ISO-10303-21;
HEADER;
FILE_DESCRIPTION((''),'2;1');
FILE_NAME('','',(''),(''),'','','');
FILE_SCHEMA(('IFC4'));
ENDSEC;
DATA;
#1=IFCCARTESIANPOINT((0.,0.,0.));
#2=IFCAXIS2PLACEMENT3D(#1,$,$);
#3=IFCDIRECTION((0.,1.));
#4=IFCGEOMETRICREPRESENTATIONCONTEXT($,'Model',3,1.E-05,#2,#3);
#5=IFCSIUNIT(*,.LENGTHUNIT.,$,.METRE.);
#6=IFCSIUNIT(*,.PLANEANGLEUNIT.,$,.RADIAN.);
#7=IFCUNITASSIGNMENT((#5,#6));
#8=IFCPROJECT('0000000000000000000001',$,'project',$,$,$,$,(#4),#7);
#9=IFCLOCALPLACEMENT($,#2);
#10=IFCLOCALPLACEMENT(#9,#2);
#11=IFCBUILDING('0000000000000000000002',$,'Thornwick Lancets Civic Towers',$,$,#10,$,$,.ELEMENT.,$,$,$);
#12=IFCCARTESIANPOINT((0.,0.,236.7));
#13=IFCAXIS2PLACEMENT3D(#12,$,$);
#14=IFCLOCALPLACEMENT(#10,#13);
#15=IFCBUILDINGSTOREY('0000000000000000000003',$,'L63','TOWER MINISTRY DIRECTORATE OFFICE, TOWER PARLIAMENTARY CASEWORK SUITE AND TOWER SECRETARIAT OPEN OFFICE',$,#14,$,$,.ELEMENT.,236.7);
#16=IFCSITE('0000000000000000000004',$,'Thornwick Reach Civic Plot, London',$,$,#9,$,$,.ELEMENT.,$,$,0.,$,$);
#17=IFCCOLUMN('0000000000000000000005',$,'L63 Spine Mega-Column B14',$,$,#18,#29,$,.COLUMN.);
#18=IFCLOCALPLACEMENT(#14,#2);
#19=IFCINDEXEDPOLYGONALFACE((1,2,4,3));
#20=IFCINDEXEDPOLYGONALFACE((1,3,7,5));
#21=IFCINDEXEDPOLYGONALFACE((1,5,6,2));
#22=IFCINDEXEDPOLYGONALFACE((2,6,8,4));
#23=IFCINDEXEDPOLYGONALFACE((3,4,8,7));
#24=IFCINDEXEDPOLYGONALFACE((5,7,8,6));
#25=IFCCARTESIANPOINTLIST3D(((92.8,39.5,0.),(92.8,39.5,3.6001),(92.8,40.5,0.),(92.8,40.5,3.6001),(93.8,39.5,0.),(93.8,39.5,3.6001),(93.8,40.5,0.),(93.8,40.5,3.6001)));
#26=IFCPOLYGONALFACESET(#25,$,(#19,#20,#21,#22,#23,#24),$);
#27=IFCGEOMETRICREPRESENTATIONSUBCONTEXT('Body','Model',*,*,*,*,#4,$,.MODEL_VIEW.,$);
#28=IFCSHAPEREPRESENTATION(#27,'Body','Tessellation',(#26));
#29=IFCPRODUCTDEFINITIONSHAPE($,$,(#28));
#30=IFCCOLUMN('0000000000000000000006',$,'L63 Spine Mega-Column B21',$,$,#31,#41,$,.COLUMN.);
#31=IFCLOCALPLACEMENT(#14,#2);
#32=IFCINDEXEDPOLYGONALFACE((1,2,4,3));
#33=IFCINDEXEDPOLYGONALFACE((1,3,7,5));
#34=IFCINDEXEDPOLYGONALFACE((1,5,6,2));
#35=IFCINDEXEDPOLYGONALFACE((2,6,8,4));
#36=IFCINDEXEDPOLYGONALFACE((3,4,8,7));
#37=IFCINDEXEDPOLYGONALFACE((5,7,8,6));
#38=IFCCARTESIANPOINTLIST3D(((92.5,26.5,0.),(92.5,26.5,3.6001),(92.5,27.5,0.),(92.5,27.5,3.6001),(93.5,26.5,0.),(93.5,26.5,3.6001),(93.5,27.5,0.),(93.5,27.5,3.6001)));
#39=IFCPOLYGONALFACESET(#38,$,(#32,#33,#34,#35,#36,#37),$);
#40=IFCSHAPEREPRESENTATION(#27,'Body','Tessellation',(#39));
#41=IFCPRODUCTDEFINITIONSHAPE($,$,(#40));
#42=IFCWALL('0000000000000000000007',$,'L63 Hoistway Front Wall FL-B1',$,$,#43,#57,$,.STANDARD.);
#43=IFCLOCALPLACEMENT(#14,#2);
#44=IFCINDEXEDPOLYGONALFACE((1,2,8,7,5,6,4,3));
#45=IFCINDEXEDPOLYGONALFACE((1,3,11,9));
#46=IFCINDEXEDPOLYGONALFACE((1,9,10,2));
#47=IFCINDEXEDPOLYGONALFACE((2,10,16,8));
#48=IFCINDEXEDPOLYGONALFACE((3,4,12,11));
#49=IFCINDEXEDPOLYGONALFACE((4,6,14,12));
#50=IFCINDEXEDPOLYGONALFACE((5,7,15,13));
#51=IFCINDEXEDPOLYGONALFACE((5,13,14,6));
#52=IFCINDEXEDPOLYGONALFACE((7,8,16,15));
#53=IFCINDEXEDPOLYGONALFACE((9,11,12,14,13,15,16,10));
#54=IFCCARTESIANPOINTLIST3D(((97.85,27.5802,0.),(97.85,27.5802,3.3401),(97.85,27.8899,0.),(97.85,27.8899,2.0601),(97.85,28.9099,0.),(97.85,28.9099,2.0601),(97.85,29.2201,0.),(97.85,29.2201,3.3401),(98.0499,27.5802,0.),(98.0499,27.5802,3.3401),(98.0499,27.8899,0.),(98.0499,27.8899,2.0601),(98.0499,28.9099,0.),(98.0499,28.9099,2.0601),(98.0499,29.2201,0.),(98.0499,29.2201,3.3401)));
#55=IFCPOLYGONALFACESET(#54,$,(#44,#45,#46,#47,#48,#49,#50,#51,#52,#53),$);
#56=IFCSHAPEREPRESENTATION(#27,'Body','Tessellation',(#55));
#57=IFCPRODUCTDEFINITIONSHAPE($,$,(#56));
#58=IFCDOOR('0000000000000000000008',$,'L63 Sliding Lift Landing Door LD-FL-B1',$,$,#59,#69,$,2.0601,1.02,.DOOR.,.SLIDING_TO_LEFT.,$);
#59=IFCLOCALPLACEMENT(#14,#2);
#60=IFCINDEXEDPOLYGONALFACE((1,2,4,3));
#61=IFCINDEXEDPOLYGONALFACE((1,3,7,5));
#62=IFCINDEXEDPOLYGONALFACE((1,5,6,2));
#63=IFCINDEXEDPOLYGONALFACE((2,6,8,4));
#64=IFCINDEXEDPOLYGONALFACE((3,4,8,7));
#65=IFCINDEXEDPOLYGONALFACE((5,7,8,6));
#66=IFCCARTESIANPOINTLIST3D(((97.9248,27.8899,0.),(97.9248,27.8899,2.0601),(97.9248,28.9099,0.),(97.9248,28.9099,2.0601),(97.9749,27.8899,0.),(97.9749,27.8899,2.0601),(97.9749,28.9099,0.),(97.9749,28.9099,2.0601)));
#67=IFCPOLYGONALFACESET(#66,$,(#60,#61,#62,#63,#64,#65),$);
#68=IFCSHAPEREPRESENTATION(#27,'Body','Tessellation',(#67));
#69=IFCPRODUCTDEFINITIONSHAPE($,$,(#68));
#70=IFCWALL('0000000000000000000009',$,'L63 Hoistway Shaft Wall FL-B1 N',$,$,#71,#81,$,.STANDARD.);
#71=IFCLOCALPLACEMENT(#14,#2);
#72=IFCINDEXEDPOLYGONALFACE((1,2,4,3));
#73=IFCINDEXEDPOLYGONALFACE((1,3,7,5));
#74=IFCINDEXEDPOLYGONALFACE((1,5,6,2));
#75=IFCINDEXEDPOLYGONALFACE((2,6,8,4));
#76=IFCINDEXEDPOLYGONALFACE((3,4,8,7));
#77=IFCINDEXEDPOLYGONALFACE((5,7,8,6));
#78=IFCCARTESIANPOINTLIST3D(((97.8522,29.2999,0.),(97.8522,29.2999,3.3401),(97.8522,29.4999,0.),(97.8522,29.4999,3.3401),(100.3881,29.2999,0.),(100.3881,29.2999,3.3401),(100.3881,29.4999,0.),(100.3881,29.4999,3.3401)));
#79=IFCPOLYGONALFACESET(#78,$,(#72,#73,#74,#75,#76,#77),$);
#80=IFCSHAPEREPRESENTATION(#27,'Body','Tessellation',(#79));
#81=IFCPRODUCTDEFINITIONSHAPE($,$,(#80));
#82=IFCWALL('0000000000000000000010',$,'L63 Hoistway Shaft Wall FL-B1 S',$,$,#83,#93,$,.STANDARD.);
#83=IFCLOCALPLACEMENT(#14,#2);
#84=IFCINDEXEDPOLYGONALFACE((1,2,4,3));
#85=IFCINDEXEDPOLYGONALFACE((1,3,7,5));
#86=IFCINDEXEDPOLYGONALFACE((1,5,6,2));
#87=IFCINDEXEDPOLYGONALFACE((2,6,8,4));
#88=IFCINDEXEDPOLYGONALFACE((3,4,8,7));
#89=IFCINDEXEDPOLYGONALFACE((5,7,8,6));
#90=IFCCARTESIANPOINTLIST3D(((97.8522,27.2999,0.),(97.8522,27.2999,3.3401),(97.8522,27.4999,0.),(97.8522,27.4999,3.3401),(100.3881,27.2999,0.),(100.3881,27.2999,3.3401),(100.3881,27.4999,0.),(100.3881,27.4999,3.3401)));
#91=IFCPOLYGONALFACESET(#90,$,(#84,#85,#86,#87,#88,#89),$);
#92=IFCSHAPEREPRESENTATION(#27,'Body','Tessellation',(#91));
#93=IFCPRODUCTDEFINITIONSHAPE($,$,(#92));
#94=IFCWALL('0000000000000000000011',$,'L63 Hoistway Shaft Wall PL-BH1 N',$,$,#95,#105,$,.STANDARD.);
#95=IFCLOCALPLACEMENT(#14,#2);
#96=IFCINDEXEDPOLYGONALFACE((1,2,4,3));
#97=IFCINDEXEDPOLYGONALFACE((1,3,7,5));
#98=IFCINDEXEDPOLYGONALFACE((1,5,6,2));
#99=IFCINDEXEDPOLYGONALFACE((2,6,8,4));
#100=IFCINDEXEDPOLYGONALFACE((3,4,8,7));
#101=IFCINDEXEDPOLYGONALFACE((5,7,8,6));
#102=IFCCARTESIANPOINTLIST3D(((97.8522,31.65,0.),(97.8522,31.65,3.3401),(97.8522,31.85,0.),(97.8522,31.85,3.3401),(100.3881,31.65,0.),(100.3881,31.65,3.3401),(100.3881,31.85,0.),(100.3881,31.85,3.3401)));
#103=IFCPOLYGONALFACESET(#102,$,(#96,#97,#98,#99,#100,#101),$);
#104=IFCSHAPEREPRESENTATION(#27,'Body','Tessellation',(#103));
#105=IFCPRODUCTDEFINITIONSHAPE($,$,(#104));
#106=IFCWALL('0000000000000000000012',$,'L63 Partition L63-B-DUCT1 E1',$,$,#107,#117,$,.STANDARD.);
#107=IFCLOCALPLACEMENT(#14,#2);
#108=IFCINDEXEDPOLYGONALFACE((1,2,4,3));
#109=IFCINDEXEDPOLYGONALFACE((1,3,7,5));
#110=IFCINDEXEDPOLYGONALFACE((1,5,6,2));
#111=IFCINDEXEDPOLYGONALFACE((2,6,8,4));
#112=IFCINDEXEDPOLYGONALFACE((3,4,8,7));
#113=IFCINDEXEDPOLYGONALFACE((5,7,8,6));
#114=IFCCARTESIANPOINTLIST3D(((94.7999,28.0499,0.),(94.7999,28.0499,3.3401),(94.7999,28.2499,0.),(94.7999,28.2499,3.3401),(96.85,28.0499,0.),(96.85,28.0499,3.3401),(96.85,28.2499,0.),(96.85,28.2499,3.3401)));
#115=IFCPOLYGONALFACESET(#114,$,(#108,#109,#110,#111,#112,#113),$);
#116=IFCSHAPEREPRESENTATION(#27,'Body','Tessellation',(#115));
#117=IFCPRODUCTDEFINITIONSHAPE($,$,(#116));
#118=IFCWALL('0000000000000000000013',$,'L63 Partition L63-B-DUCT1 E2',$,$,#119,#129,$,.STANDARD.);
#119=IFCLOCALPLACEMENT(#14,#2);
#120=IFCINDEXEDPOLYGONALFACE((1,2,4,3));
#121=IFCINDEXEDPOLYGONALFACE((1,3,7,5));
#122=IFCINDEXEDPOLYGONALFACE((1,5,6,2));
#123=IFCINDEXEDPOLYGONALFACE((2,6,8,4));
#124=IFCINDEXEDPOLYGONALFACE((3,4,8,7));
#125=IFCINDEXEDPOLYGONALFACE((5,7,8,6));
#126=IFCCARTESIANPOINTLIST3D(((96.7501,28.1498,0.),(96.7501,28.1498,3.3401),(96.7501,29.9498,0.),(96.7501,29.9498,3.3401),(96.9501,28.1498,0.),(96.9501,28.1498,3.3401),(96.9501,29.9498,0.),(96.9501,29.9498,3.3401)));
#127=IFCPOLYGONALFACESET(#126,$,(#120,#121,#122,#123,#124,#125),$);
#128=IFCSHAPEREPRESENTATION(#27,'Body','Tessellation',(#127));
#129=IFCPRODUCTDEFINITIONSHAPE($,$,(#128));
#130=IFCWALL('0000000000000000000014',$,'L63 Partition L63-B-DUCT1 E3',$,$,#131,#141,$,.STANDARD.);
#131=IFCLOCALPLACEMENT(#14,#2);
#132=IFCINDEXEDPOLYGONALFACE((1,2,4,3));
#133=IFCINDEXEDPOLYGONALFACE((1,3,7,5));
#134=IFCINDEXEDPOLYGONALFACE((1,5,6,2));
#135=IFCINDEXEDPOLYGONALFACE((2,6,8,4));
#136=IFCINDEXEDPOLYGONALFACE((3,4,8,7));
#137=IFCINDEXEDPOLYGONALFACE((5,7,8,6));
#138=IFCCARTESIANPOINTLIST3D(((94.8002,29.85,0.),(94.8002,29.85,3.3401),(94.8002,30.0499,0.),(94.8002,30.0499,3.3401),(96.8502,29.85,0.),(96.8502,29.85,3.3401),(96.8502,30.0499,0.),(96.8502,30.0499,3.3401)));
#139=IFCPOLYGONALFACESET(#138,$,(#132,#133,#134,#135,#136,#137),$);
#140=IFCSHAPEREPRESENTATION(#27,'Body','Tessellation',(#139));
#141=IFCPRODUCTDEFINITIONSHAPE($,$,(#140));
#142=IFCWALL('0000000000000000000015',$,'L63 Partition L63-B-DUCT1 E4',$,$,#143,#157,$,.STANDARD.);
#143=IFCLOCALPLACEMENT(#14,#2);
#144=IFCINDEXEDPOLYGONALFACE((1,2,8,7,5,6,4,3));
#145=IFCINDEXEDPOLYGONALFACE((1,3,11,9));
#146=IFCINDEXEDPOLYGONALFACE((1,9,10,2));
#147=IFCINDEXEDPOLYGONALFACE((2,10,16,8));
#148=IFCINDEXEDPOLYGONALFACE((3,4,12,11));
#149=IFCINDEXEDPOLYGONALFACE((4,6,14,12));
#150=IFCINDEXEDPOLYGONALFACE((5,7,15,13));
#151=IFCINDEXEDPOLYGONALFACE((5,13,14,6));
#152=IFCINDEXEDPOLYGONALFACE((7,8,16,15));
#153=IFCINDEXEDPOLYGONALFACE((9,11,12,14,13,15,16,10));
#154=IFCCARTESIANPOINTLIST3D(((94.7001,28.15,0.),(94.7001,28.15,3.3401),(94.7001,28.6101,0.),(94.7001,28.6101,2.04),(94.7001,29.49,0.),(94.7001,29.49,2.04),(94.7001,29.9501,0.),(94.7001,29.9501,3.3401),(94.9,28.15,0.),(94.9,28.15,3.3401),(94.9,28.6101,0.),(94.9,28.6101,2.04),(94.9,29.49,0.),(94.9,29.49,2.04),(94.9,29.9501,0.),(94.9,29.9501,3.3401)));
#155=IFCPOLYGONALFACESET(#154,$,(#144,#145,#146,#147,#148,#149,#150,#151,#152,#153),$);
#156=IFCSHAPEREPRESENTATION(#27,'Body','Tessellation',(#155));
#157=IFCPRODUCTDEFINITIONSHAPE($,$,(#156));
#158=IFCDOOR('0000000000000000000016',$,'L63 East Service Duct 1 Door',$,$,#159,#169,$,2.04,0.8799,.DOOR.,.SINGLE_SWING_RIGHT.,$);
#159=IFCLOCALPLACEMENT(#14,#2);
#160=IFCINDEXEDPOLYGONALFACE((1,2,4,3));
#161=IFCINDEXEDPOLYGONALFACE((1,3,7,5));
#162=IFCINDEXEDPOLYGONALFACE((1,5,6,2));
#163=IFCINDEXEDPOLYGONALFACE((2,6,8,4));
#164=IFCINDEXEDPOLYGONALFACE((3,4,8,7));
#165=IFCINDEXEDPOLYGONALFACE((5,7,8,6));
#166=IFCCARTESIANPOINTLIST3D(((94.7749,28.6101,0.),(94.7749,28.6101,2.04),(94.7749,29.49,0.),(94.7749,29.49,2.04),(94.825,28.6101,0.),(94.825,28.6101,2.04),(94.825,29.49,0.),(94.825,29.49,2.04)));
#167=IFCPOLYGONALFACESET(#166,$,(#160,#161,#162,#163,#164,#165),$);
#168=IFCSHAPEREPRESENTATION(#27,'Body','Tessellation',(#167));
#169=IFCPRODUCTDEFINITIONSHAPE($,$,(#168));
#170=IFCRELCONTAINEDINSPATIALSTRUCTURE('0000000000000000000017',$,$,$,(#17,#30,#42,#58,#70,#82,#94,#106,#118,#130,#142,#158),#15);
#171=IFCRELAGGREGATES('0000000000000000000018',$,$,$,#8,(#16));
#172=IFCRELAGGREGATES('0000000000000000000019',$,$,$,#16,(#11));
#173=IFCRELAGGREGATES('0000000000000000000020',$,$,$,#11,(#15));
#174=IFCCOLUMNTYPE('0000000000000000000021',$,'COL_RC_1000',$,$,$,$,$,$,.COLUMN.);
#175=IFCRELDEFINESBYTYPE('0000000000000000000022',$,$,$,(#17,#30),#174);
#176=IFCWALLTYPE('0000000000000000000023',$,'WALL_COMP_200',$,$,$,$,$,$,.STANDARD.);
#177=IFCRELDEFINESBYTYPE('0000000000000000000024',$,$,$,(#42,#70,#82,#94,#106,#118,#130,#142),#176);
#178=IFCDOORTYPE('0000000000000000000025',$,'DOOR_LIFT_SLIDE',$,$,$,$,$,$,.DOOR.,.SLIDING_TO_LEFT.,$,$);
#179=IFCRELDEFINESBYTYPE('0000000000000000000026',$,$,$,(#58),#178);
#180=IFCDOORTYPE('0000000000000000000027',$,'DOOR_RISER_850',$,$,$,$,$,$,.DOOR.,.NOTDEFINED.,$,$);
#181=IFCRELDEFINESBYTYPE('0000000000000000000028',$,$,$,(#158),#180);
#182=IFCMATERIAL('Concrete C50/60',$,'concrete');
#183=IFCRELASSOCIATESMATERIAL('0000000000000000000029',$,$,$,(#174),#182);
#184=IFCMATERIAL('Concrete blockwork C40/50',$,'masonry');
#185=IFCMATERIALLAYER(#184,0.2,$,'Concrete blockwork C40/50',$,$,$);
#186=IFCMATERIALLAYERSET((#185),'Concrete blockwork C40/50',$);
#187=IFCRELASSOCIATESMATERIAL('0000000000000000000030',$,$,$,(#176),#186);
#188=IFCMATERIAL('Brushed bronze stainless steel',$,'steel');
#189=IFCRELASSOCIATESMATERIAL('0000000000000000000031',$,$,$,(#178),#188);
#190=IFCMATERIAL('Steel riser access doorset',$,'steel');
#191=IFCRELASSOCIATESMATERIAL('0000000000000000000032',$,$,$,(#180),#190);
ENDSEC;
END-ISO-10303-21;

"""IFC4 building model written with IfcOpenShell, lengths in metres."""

from ifc_helpers import new_model, si_unit, direction, frame, frame_2d, origin, origin_2d, place, context, subcontext, project, spatial, rectangle, extrude, material, layer, layer_set, material_profile, profile_set, type_object, element, fill, save


model = new_model("IFC4")

# Units and contexts
model_context = context("Model", 3, precision=1e-05, world=origin(), true_north=direction((0.0, 1.0)))
body_context = subcontext(model_context, "Body", "Model", "MODEL_VIEW")
ifc_project = project(units=[si_unit("LENGTHUNIT", "METRE"), si_unit("PLANEANGLEUNIT", "RADIAN")], contexts=[model_context])

# Site, building, storey
site_placement = place(None, origin())
site = spatial("IfcSite", under=ifc_project, at=site_placement, Name="Thornwick Reach Civic Plot, London", CompositionType="ELEMENT", RefElevation=0.0)
building_placement = place(site_placement, origin())
building = spatial("IfcBuilding", under=site, at=building_placement, Name="Thornwick Lancets Civic Towers", CompositionType="ELEMENT")
storey_placement = place(building_placement, frame((0.0, 0.0, 236.7)))
storey = spatial("IfcBuildingStorey", under=building, at=storey_placement, Name="L63", Description="TOWER MINISTRY DIRECTORATE OFFICE, TOWER PARLIAMENTARY CASEWORK SUITE AND TOWER SECRETARIAT OPEN OFFICE", CompositionType="ELEMENT", Elevation=236.7)

# Columns
ifc_material_1 = material(Name="Concrete C50/60", Category="concrete")
ifc_material_profile = material_profile(ifc_material_1, rectangle(XDim=1.0, YDim=1.0, at=origin_2d()), Name="RC 1000x1000")
ifc_profile_set = profile_set([ifc_material_profile], Name="Concrete C50/60")
column_type = type_object("IfcColumnType", Name="COL_RC_1000", PredefinedType="COLUMN", material=ifc_profile_set)
for number, where, z_axis, x_axis, name in (
    (1, (93.3, 40.0, 0.0), (0.0, 0.0, 1.0), (1.0, 0.0, 0.0), "L63 Spine Mega-Column B14"),
    (2, (93.0, 27.0, 0.0), (0.0, 0.0, 1.0), (1.0, 0.0, 0.0), "L63 Spine Mega-Column B21"),
):
    element("IfcColumn", number, at=place(storey_placement, frame(where, z_axis=z_axis, x_axis=x_axis)), inside=storey, type_object=column_type, Name=name, PredefinedType="COLUMN", context=body_context, shape_type="SweptSolid", body=[
        extrude(rectangle(XDim=1.0, YDim=1.0, at=origin_2d()), origin(), (0.0, 0.0, 1.0), 3.6001),
    ])

# Wall, opening, door
ifc_material_2 = material(Name="Concrete blockwork C40/50", Category="masonry")
ifc_layer_1 = layer(ifc_material_2, 0.2, Name="Concrete blockwork C40/50")
ifc_layer_set_1 = layer_set([ifc_layer_1], Name="Concrete blockwork C40/50")
wall_type_1 = type_object("IfcWallType", Name="WALL_COMP_200", PredefinedType="STANDARD", material=ifc_layer_set_1)
wall_1_placement = place(storey_placement, frame((97.95, 29.22, 0.0), z_axis=(0.0, 0.0, 1.0), x_axis=(0.0, -1.0, 0.0)))
wall_1 = element("IfcWall", 3, at=wall_1_placement, inside=storey, type_object=wall_type_1, Name="L63 Hoistway Front Wall FL-B1", PredefinedType="STANDARD", context=body_context, shape_type="SweptSolid", body=[
    extrude(rectangle(XDim=1.6399, YDim=0.2, at=frame_2d((0.8198, 0.0))), origin(), (0.0, 0.0, 1.0), 3.3401),
])
opening_1_placement = place(wall_1_placement, frame((0.3101, 0.0, 0.0)))
opening_1 = element("IfcOpeningElement", 4, at=opening_1_placement, cuts=wall_1, PredefinedType="OPENING", context=body_context, shape_type="SweptSolid", body=[
    extrude(rectangle(XDim=1.02, YDim=2.0601, at=frame_2d((0.51, 1.03))), frame((0.0, 0.1099, 0.0), z_axis=(0.0, -1.0, 0.0), x_axis=(1.0, 0.0, 0.0)), (0.0, 0.0, 1.0), 0.22),
])
ifc_material_3 = material(Name="Brushed bronze stainless steel", Category="steel")
door_type_1 = type_object("IfcDoorType", Name="DOOR_LIFT_SLIDE", OperationType="SLIDING_TO_LEFT", PredefinedType="DOOR", material=ifc_material_3)
door_1_placement = place(opening_1_placement, origin())
door_1 = element("IfcDoor", 5, at=door_1_placement, inside=storey, type_object=door_type_1, Name="L63 Sliding Lift Landing Door LD-FL-B1", OperationType="SLIDING_TO_LEFT", OverallHeight=2.0601, OverallWidth=1.02, PredefinedType="DOOR", context=body_context, shape_type="SweptSolid", body=[
    extrude(rectangle(XDim=1.02, YDim=2.0601, at=frame_2d((0.51, 1.03))), frame((0.0, 0.0249, 0.0), z_axis=(0.0, -1.0, 0.0), x_axis=(1.0, 0.0, 0.0)), (0.0, 0.0, 1.0), 0.05),
])
fill(opening_1, door_1)

# Walls
for number, where, z_axis, x_axis, name in (
    (6, (97.8521, 29.3999, 0.0), (0.0, 0.0, 1.0), (1.0, 0.0, 0.0), "L63 Hoistway Shaft Wall FL-B1 N"),
    (7, (97.8521, 27.3999, 0.0), (0.0, 0.0, 1.0), (1.0, 0.0, 0.0), "L63 Hoistway Shaft Wall FL-B1 S"),
    (8, (97.8521, 31.75, 0.0), (0.0, 0.0, 1.0), (1.0, 0.0, 0.0), "L63 Hoistway Shaft Wall PL-BH1 N"),
):
    element("IfcWall", number, at=place(storey_placement, frame(where, z_axis=z_axis, x_axis=x_axis)), inside=storey, type_object=wall_type_1, Name=name, PredefinedType="STANDARD", context=body_context, shape_type="SweptSolid", body=[
        extrude(rectangle(XDim=2.5359, YDim=0.2, at=frame_2d((1.2681, 0.0))), origin(), (0.0, 0.0, 1.0), 3.3401),
    ])
wall_2_placement = place(storey_placement, frame((94.8, 28.1499, 0.0), z_axis=(0.0, 0.0, 1.0), x_axis=(1.0, 0.0, 0.0)))
element("IfcWall", 9, at=wall_2_placement, inside=storey, type_object=wall_type_1, Name="L63 Partition L63-B-DUCT1 E1", PredefinedType="STANDARD", context=body_context, shape_type="SweptSolid", body=[
    extrude(rectangle(XDim=2.05, YDim=0.2, at=frame_2d((1.0249, 0.0))), origin(), (0.0, 0.0, 1.0), 3.3401),
])
wall_3_placement = place(storey_placement, frame((96.8501, 28.1499, 0.0), z_axis=(0.0, 0.0, 1.0), x_axis=(0.0, 1.0, 0.0)))
element("IfcWall", 10, at=wall_3_placement, inside=storey, type_object=wall_type_1, Name="L63 Partition L63-B-DUCT1 E2", PredefinedType="STANDARD", context=body_context, shape_type="SweptSolid", body=[
    extrude(rectangle(XDim=1.8, YDim=0.2, at=frame_2d((0.8999, 0.0))), origin(), (0.0, 0.0, 1.0), 3.3401),
])
wall_4_placement = place(storey_placement, frame((96.8501, 29.95, 0.0), z_axis=(0.0, 0.0, 1.0), x_axis=(-1.0, 0.0, 0.0)))
element("IfcWall", 11, at=wall_4_placement, inside=storey, type_object=wall_type_1, Name="L63 Partition L63-B-DUCT1 E3", PredefinedType="STANDARD", context=body_context, shape_type="SweptSolid", body=[
    extrude(rectangle(XDim=2.05, YDim=0.2, at=frame_2d((1.0249, 0.0))), origin(), (0.0, 0.0, 1.0), 3.3401),
])

# Wall, opening, door
wall_5_placement = place(storey_placement, frame((94.8, 29.95, 0.0), z_axis=(0.0, 0.0, 1.0), x_axis=(0.0, -1.0, 0.0)))
wall_5 = element("IfcWall", 12, at=wall_5_placement, inside=storey, type_object=wall_type_1, Name="L63 Partition L63-B-DUCT1 E4", PredefinedType="STANDARD", context=body_context, shape_type="SweptSolid", body=[
    extrude(rectangle(XDim=1.8, YDim=0.2, at=frame_2d((0.8999, 0.0))), origin(), (0.0, 0.0, 1.0), 3.3401),
])
opening_2_placement = place(wall_5_placement, frame((0.46, 0.0, 0.0)))
opening_2 = element("IfcOpeningElement", 13, at=opening_2_placement, cuts=wall_5, PredefinedType="OPENING", context=body_context, shape_type="SweptSolid", body=[
    extrude(rectangle(XDim=0.8799, YDim=2.04, at=frame_2d((0.4399, 1.02))), frame((0.0, 0.1099, 0.0), z_axis=(0.0, -1.0, 0.0), x_axis=(1.0, 0.0, 0.0)), (0.0, 0.0, 1.0), 0.22),
])
ifc_material_4 = material(Name="Steel riser access doorset", Category="steel")
door_type_2 = type_object("IfcDoorType", Name="DOOR_RISER_850", OperationType="NOTDEFINED", PredefinedType="DOOR", material=ifc_material_4)
door_2_placement = place(opening_2_placement, origin())
door_2 = element("IfcDoor", 14, at=door_2_placement, inside=storey, type_object=door_type_2, Name="L63 East Service Duct 1 Door", OperationType="SINGLE_SWING_RIGHT", OverallHeight=2.04, OverallWidth=0.8799, PredefinedType="DOOR", context=body_context, shape_type="SweptSolid", body=[
    extrude(rectangle(XDim=0.8799, YDim=2.04, at=frame_2d((0.4399, 1.02))), frame((0.0, 0.0249, 0.0), z_axis=(0.0, -1.0, 0.0), x_axis=(1.0, 0.0, 0.0)), (0.0, 0.0, 1.0), 0.05),
])
fill(opening_2, door_2)

save(model, "model.ifc")
